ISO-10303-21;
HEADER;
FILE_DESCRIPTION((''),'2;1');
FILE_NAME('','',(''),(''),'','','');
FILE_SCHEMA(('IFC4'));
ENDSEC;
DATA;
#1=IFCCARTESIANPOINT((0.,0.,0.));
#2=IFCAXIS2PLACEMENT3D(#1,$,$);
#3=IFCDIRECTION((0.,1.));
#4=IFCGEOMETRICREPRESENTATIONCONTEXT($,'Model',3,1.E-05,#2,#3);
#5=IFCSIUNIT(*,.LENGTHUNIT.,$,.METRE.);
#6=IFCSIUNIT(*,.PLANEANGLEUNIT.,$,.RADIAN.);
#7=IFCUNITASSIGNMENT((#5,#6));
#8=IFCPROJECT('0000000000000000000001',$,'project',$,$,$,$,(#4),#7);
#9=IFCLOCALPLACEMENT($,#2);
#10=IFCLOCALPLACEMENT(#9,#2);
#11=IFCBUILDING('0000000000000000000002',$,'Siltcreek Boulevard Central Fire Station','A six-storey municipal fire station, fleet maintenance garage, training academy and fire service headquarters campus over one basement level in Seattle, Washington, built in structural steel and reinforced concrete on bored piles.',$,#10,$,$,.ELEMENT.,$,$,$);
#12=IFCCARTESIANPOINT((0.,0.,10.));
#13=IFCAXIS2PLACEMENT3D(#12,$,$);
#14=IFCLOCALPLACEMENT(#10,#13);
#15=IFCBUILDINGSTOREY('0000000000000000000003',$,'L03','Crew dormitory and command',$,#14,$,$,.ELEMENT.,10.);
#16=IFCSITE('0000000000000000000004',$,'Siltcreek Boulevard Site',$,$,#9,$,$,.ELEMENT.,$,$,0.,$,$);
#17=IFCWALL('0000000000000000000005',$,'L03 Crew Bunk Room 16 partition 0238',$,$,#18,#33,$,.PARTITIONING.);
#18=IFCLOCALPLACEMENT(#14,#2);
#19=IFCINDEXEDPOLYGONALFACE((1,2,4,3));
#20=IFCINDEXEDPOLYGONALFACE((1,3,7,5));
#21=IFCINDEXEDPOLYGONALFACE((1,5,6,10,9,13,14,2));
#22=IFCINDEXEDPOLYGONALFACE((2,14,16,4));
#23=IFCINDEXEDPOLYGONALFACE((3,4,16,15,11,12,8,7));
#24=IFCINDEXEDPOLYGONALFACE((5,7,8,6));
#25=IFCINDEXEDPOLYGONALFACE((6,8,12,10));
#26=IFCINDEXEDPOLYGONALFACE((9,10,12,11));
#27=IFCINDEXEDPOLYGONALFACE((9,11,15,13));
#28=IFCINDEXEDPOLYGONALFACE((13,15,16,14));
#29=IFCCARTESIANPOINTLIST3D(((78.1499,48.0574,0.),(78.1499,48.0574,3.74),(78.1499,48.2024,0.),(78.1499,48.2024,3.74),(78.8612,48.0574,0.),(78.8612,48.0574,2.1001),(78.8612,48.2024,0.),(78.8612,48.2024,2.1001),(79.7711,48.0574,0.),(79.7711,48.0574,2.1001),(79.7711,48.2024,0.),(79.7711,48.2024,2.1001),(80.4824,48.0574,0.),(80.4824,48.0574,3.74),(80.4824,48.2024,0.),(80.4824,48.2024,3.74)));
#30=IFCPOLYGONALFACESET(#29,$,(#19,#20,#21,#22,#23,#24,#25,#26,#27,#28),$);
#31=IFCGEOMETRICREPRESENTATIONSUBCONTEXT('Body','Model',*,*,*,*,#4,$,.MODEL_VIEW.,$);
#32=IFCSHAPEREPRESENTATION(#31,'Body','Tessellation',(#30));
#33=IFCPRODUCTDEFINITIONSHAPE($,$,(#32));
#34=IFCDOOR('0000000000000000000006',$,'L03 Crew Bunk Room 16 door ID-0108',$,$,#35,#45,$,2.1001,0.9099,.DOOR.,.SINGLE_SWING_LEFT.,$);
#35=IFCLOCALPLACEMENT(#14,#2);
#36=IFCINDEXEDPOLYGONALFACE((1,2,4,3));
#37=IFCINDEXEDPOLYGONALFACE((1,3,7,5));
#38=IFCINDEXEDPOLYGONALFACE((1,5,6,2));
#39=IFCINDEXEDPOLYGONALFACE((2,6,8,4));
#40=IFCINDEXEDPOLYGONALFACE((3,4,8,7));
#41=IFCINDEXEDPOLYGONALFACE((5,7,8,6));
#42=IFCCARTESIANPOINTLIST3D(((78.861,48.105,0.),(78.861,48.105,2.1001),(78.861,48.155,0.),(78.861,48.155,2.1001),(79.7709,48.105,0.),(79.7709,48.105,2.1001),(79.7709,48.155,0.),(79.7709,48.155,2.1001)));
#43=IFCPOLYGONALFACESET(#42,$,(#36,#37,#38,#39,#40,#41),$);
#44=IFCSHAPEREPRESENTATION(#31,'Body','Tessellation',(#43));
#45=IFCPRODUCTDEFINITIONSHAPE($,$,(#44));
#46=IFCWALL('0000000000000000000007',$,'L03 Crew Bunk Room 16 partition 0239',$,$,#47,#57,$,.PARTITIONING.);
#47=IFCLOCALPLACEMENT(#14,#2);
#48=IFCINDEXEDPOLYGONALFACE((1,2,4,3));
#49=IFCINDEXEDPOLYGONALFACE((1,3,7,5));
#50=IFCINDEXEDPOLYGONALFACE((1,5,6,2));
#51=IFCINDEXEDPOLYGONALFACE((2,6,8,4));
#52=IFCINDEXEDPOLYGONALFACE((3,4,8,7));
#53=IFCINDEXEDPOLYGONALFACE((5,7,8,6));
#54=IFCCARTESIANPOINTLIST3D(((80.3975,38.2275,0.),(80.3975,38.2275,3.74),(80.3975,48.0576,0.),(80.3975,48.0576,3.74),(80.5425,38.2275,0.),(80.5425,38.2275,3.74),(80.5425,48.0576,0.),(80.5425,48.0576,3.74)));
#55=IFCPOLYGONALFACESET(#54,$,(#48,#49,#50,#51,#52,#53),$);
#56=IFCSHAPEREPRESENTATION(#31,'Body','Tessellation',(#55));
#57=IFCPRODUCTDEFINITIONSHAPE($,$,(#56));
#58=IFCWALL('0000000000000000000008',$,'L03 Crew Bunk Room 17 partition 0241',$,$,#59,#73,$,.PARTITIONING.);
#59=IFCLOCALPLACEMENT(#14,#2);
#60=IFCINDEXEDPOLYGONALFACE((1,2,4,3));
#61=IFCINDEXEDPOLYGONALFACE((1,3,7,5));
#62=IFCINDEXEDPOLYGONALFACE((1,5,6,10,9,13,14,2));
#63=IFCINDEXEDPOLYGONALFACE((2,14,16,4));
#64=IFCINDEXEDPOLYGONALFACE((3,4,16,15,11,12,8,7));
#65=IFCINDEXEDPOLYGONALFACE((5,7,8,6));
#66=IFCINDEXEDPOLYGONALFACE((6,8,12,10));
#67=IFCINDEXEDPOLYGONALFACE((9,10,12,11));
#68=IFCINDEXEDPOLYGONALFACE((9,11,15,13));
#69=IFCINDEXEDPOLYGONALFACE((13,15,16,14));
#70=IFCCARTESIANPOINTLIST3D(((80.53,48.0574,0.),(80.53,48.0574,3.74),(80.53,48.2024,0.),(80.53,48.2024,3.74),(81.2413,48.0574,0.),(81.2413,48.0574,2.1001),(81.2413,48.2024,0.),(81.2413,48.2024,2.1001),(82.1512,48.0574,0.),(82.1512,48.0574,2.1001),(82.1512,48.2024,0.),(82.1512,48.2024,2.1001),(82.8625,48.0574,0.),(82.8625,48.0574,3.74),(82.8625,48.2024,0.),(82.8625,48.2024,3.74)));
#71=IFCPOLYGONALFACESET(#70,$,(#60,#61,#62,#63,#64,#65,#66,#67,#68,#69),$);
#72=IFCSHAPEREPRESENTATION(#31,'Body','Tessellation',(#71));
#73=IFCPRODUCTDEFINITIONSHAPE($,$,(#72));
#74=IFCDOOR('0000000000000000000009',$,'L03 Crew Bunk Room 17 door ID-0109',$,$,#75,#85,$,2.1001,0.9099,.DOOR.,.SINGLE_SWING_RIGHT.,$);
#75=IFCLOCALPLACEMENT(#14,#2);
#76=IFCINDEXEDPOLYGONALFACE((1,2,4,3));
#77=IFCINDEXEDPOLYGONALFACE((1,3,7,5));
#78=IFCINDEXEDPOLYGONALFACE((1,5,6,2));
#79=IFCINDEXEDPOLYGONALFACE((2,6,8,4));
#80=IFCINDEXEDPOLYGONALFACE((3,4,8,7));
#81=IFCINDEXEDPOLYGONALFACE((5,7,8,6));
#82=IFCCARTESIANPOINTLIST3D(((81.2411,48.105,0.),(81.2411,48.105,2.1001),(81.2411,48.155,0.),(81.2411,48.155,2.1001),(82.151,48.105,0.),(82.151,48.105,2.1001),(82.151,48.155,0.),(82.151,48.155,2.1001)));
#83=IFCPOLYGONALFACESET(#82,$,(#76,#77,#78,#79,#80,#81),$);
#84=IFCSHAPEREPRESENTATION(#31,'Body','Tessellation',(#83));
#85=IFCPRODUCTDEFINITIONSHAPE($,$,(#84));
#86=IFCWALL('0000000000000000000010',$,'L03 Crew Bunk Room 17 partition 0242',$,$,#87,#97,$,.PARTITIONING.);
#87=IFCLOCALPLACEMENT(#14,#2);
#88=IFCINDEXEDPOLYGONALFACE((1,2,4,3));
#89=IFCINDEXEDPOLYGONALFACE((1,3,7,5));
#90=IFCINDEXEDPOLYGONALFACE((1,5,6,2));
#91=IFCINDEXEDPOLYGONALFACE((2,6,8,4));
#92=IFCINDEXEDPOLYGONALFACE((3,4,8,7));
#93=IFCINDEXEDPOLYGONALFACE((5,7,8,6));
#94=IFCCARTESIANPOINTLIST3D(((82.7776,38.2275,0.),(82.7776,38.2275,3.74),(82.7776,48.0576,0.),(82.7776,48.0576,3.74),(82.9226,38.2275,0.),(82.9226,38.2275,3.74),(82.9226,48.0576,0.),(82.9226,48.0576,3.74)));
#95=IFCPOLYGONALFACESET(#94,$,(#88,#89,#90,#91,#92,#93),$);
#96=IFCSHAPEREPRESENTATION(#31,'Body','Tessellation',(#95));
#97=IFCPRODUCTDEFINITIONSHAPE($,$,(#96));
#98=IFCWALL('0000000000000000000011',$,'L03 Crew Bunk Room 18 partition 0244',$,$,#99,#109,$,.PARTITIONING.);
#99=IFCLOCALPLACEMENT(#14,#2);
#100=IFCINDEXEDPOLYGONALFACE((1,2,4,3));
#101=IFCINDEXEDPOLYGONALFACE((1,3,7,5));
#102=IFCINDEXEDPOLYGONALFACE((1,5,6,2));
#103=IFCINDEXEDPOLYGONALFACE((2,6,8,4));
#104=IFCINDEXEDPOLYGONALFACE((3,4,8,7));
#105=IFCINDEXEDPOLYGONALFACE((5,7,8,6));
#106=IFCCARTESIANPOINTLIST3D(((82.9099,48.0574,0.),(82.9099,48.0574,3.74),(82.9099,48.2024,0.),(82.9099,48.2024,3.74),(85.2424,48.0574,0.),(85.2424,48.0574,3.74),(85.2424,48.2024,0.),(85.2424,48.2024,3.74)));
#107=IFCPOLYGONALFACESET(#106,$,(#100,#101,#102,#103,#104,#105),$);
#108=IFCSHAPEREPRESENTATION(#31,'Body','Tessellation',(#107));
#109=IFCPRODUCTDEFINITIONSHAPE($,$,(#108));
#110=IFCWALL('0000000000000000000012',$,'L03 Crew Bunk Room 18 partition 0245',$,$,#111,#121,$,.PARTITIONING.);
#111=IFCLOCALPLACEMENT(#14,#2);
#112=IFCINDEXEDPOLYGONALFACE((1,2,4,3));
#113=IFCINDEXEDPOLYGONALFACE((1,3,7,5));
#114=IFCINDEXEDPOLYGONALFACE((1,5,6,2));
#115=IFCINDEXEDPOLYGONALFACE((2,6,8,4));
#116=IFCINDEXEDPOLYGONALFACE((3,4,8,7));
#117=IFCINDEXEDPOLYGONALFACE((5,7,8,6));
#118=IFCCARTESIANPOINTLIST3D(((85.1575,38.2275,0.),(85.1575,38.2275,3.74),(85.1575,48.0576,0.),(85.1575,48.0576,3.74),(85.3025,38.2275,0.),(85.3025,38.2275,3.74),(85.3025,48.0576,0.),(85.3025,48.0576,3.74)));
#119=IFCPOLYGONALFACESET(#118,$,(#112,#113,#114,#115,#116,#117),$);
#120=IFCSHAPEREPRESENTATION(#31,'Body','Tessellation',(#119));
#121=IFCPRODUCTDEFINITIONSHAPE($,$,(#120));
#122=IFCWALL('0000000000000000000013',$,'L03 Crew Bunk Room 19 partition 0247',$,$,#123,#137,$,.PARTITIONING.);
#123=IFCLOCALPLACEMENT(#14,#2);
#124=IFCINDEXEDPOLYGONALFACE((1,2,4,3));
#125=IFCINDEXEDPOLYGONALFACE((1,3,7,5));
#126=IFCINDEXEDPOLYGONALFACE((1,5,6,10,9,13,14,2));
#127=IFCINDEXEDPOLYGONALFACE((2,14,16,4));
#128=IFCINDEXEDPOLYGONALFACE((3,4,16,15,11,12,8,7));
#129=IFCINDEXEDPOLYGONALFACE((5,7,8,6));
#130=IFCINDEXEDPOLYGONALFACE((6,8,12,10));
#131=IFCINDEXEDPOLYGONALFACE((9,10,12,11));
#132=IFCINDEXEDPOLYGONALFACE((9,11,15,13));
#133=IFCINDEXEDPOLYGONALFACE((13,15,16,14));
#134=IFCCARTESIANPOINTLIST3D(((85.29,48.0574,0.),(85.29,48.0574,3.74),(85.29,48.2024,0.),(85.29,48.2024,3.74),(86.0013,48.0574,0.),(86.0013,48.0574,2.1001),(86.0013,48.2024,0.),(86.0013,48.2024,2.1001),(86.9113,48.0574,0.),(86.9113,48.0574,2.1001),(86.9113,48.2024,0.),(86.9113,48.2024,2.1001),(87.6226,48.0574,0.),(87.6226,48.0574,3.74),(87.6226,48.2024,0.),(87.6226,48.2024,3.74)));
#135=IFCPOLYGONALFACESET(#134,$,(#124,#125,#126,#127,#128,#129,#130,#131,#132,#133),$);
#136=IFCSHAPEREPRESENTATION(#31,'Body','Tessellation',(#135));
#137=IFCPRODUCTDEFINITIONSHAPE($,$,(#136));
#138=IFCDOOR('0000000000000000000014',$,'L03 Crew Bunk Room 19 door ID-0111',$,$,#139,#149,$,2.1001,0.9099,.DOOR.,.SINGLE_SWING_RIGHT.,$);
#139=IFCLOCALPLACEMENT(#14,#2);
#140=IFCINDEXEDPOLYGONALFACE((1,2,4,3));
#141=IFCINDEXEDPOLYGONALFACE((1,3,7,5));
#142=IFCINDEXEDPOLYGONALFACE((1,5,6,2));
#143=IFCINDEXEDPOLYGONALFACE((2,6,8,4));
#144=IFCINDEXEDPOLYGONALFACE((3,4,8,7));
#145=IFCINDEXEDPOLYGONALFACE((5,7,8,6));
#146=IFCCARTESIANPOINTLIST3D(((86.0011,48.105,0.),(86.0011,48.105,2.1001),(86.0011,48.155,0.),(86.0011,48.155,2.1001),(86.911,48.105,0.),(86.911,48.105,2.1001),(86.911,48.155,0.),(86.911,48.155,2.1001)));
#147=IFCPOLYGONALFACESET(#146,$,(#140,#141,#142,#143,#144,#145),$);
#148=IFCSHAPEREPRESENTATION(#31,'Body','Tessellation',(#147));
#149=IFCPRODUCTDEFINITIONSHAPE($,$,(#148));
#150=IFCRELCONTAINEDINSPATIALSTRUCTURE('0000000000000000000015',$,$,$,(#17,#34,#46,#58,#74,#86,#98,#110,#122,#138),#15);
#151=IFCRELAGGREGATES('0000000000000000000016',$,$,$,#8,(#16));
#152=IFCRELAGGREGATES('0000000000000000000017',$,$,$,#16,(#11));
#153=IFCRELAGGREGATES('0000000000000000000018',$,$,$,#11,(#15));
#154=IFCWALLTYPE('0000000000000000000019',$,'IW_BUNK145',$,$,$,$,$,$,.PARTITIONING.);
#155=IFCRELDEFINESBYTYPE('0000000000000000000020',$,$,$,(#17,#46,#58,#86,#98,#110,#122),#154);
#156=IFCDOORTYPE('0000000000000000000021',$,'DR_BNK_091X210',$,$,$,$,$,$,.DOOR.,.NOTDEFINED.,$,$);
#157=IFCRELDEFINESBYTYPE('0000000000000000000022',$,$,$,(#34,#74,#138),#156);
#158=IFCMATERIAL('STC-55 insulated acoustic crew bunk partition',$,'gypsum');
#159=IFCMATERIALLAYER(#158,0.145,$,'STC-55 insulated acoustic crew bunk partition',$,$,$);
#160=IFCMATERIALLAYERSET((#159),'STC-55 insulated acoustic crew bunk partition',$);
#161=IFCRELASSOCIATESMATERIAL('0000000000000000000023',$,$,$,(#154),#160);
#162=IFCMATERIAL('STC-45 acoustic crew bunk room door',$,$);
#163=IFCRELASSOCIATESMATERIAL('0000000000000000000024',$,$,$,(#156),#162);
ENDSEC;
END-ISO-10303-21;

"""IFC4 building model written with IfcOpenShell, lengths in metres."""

from ifc_helpers import new_model, si_unit, direction, frame, frame_2d, origin, place, context, subcontext, project, spatial, rectangle, extrude, material, layer, layer_set, type_object, element, fill, save


model = new_model("IFC4")

# Units and contexts
model_context = context("Model", 3, precision=1e-05, world=origin(), true_north=direction((0.0, 1.0)))
body_context = subcontext(model_context, "Body", "Model", "MODEL_VIEW")
ifc_project = project(units=[si_unit("LENGTHUNIT", "METRE"), si_unit("PLANEANGLEUNIT", "RADIAN")], contexts=[model_context])

# Site, building, storey
site_placement = place(None, origin())
site = spatial("IfcSite", under=ifc_project, at=site_placement, Name="Siltcreek Boulevard Site", CompositionType="ELEMENT", RefElevation=0.0)
building_placement = place(site_placement, origin())
building = spatial("IfcBuilding", under=site, at=building_placement, Name="Siltcreek Boulevard Central Fire Station", Description="A six-storey municipal fire station, fleet maintenance garage, training academy and fire service headquarters campus over one basement level in Seattle, Washington, built in structural steel and reinforced concrete on bored piles.", CompositionType="ELEMENT")
storey_placement = place(building_placement, frame((0.0, 0.0, 10.0)))
storey = spatial("IfcBuildingStorey", under=building, at=storey_placement, Name="L03", Description="Crew dormitory and command", CompositionType="ELEMENT", Elevation=10.0)

# Shared definitions
ifc_material_1 = material(Name="STC-55 insulated acoustic crew bunk partition", Category="gypsum")
ifc_layer_1 = layer(ifc_material_1, 0.145, Name="STC-55 insulated acoustic crew bunk partition")
ifc_layer_set_1 = layer_set([ifc_layer_1], Name="STC-55 insulated acoustic crew bunk partition")
wall_type_1 = type_object("IfcWallType", Name="IW_BUNK145", PredefinedType="PARTITIONING", material=ifc_layer_set_1)
ifc_material_2 = material(Name="STC-45 acoustic crew bunk room door")
door_type_1 = type_object("IfcDoorType", Name="DR_BNK_091X210", OperationType="NOTDEFINED", PredefinedType="DOOR", material=ifc_material_2)

# Wall, opening, door
wall_1_placement = place(storey_placement, frame((78.1499, 48.1299, 0.0), z_axis=(0.0, 0.0, 1.0), x_axis=(1.0, 0.0, 0.0)))
wall_1 = element("IfcWall", 1, at=wall_1_placement, inside=storey, type_object=wall_type_1, Name="L03 Crew Bunk Room 16 partition 0238", PredefinedType="PARTITIONING", context=body_context, shape_type="SweptSolid", body=[
    extrude(rectangle(XDim=2.3325, YDim=0.145, at=frame_2d((1.1663, 0.0))), origin(), (0.0, 0.0, 1.0), 3.74),
])
opening_1_placement = place(wall_1_placement, frame((0.7112, 0.0, 0.0)))
opening_1 = element("IfcOpeningElement", 2, at=opening_1_placement, cuts=wall_1, PredefinedType="OPENING", context=body_context, shape_type="SweptSolid", body=[
    extrude(rectangle(XDim=0.9099, YDim=2.1001, at=frame_2d((0.4551, 1.05))), frame((0.0, 0.0825, 0.0), z_axis=(0.0, -1.0, 0.0), x_axis=(1.0, 0.0, 0.0)), (0.0, 0.0, 1.0), 0.165),
])
door_1_placement = place(opening_1_placement, frame((0.9099, 0.0, 0.0), z_axis=(0.0, 0.0, 1.0), x_axis=(-1.0, 0.0, 0.0)))
door_1 = element("IfcDoor", 3, at=door_1_placement, inside=storey, type_object=door_type_1, Name="L03 Crew Bunk Room 16 door ID-0108", OperationType="SINGLE_SWING_LEFT", OverallHeight=2.1001, OverallWidth=0.9099, PredefinedType="DOOR", context=body_context, shape_type="SweptSolid", body=[
    extrude(rectangle(XDim=0.9099, YDim=2.1001, at=frame_2d((0.4551, 1.05))), frame((0.0, 0.0249, 0.0), z_axis=(0.0, -1.0, 0.0), x_axis=(1.0, 0.0, 0.0)), (0.0, 0.0, 1.0), 0.05),
])
fill(opening_1, door_1)

# Wall
wall_2_placement = place(storey_placement, frame((80.47, 48.0576, 0.0), z_axis=(0.0, 0.0, 1.0), x_axis=(0.0, -1.0, 0.0)))
element("IfcWall", 4, at=wall_2_placement, inside=storey, type_object=wall_type_1, Name="L03 Crew Bunk Room 16 partition 0239", PredefinedType="PARTITIONING", context=body_context, shape_type="SweptSolid", body=[
    extrude(rectangle(XDim=9.8301, YDim=0.145, at=frame_2d((4.915, 0.0))), origin(), (0.0, 0.0, 1.0), 3.74),
])

# Wall, opening, door
wall_3_placement = place(storey_placement, frame((80.53, 48.1299, 0.0), z_axis=(0.0, 0.0, 1.0), x_axis=(1.0, 0.0, 0.0)))
wall_3 = element("IfcWall", 5, at=wall_3_placement, inside=storey, type_object=wall_type_1, Name="L03 Crew Bunk Room 17 partition 0241", PredefinedType="PARTITIONING", context=body_context, shape_type="SweptSolid", body=[
    extrude(rectangle(XDim=2.3325, YDim=0.145, at=frame_2d((1.1663, 0.0))), origin(), (0.0, 0.0, 1.0), 3.74),
])
opening_2_placement = place(wall_3_placement, frame((0.7112, 0.0, 0.0)))
opening_2 = element("IfcOpeningElement", 6, at=opening_2_placement, cuts=wall_3, PredefinedType="OPENING", context=body_context, shape_type="SweptSolid", body=[
    extrude(rectangle(XDim=0.9099, YDim=2.1001, at=frame_2d((0.4551, 1.05))), frame((0.0, 0.0825, 0.0), z_axis=(0.0, -1.0, 0.0), x_axis=(1.0, 0.0, 0.0)), (0.0, 0.0, 1.0), 0.165),
])
door_2_placement = place(opening_2_placement, frame((0.9099, 0.0, 0.0), z_axis=(0.0, 0.0, 1.0), x_axis=(-1.0, 0.0, 0.0)))
door_2 = element("IfcDoor", 7, at=door_2_placement, inside=storey, type_object=door_type_1, Name="L03 Crew Bunk Room 17 door ID-0109", OperationType="SINGLE_SWING_RIGHT", OverallHeight=2.1001, OverallWidth=0.9099, PredefinedType="DOOR", context=body_context, shape_type="SweptSolid", body=[
    extrude(rectangle(XDim=0.9099, YDim=2.1001, at=frame_2d((0.4551, 1.05))), frame((0.0, 0.0249, 0.0), z_axis=(0.0, -1.0, 0.0), x_axis=(1.0, 0.0, 0.0)), (0.0, 0.0, 1.0), 0.05),
])
fill(opening_2, door_2)

# Walls
wall_4_placement = place(storey_placement, frame((82.8501, 48.0576, 0.0), z_axis=(0.0, 0.0, 1.0), x_axis=(0.0, -1.0, 0.0)))
element("IfcWall", 8, at=wall_4_placement, inside=storey, type_object=wall_type_1, Name="L03 Crew Bunk Room 17 partition 0242", PredefinedType="PARTITIONING", context=body_context, shape_type="SweptSolid", body=[
    extrude(rectangle(XDim=9.8301, YDim=0.145, at=frame_2d((4.915, 0.0))), origin(), (0.0, 0.0, 1.0), 3.74),
])
wall_5_placement = place(storey_placement, frame((82.9099, 48.1299, 0.0), z_axis=(0.0, 0.0, 1.0), x_axis=(1.0, 0.0, 0.0)))
element("IfcWall", 9, at=wall_5_placement, inside=storey, type_object=wall_type_1, Name="L03 Crew Bunk Room 18 partition 0244", PredefinedType="PARTITIONING", context=body_context, shape_type="SweptSolid", body=[
    extrude(rectangle(XDim=2.3325, YDim=0.145, at=frame_2d((1.1663, 0.0))), origin(), (0.0, 0.0, 1.0), 3.74),
])
wall_6_placement = place(storey_placement, frame((85.23, 48.0576, 0.0), z_axis=(0.0, 0.0, 1.0), x_axis=(0.0, -1.0, 0.0)))
element("IfcWall", 10, at=wall_6_placement, inside=storey, type_object=wall_type_1, Name="L03 Crew Bunk Room 18 partition 0245", PredefinedType="PARTITIONING", context=body_context, shape_type="SweptSolid", body=[
    extrude(rectangle(XDim=9.8301, YDim=0.145, at=frame_2d((4.915, 0.0))), origin(), (0.0, 0.0, 1.0), 3.74),
])

# Wall, opening, door
wall_7_placement = place(storey_placement, frame((85.29, 48.1299, 0.0), z_axis=(0.0, 0.0, 1.0), x_axis=(1.0, 0.0, 0.0)))
wall_7 = element("IfcWall", 11, at=wall_7_placement, inside=storey, type_object=wall_type_1, Name="L03 Crew Bunk Room 19 partition 0247", PredefinedType="PARTITIONING", context=body_context, shape_type="SweptSolid", body=[
    extrude(rectangle(XDim=2.3325, YDim=0.145, at=frame_2d((1.1663, 0.0))), origin(), (0.0, 0.0, 1.0), 3.74),
])
opening_3_placement = place(wall_7_placement, frame((0.7112, 0.0, 0.0)))
opening_3 = element("IfcOpeningElement", 12, at=opening_3_placement, cuts=wall_7, PredefinedType="OPENING", context=body_context, shape_type="SweptSolid", body=[
    extrude(rectangle(XDim=0.9099, YDim=2.1001, at=frame_2d((0.4551, 1.05))), frame((0.0, 0.0825, 0.0), z_axis=(0.0, -1.0, 0.0), x_axis=(1.0, 0.0, 0.0)), (0.0, 0.0, 1.0), 0.165),
])
door_3_placement = place(opening_3_placement, frame((0.9099, 0.0, 0.0), z_axis=(0.0, 0.0, 1.0), x_axis=(-1.0, 0.0, 0.0)))
door_3 = element("IfcDoor", 13, at=door_3_placement, inside=storey, type_object=door_type_1, Name="L03 Crew Bunk Room 19 door ID-0111", OperationType="SINGLE_SWING_RIGHT", OverallHeight=2.1001, OverallWidth=0.9099, PredefinedType="DOOR", context=body_context, shape_type="SweptSolid", body=[
    extrude(rectangle(XDim=0.9099, YDim=2.1001, at=frame_2d((0.4551, 1.05))), frame((0.0, 0.0249, 0.0), z_axis=(0.0, -1.0, 0.0), x_axis=(1.0, 0.0, 0.0)), (0.0, 0.0, 1.0), 0.05),
])
fill(opening_3, door_3)

save(model, "model.ifc")
